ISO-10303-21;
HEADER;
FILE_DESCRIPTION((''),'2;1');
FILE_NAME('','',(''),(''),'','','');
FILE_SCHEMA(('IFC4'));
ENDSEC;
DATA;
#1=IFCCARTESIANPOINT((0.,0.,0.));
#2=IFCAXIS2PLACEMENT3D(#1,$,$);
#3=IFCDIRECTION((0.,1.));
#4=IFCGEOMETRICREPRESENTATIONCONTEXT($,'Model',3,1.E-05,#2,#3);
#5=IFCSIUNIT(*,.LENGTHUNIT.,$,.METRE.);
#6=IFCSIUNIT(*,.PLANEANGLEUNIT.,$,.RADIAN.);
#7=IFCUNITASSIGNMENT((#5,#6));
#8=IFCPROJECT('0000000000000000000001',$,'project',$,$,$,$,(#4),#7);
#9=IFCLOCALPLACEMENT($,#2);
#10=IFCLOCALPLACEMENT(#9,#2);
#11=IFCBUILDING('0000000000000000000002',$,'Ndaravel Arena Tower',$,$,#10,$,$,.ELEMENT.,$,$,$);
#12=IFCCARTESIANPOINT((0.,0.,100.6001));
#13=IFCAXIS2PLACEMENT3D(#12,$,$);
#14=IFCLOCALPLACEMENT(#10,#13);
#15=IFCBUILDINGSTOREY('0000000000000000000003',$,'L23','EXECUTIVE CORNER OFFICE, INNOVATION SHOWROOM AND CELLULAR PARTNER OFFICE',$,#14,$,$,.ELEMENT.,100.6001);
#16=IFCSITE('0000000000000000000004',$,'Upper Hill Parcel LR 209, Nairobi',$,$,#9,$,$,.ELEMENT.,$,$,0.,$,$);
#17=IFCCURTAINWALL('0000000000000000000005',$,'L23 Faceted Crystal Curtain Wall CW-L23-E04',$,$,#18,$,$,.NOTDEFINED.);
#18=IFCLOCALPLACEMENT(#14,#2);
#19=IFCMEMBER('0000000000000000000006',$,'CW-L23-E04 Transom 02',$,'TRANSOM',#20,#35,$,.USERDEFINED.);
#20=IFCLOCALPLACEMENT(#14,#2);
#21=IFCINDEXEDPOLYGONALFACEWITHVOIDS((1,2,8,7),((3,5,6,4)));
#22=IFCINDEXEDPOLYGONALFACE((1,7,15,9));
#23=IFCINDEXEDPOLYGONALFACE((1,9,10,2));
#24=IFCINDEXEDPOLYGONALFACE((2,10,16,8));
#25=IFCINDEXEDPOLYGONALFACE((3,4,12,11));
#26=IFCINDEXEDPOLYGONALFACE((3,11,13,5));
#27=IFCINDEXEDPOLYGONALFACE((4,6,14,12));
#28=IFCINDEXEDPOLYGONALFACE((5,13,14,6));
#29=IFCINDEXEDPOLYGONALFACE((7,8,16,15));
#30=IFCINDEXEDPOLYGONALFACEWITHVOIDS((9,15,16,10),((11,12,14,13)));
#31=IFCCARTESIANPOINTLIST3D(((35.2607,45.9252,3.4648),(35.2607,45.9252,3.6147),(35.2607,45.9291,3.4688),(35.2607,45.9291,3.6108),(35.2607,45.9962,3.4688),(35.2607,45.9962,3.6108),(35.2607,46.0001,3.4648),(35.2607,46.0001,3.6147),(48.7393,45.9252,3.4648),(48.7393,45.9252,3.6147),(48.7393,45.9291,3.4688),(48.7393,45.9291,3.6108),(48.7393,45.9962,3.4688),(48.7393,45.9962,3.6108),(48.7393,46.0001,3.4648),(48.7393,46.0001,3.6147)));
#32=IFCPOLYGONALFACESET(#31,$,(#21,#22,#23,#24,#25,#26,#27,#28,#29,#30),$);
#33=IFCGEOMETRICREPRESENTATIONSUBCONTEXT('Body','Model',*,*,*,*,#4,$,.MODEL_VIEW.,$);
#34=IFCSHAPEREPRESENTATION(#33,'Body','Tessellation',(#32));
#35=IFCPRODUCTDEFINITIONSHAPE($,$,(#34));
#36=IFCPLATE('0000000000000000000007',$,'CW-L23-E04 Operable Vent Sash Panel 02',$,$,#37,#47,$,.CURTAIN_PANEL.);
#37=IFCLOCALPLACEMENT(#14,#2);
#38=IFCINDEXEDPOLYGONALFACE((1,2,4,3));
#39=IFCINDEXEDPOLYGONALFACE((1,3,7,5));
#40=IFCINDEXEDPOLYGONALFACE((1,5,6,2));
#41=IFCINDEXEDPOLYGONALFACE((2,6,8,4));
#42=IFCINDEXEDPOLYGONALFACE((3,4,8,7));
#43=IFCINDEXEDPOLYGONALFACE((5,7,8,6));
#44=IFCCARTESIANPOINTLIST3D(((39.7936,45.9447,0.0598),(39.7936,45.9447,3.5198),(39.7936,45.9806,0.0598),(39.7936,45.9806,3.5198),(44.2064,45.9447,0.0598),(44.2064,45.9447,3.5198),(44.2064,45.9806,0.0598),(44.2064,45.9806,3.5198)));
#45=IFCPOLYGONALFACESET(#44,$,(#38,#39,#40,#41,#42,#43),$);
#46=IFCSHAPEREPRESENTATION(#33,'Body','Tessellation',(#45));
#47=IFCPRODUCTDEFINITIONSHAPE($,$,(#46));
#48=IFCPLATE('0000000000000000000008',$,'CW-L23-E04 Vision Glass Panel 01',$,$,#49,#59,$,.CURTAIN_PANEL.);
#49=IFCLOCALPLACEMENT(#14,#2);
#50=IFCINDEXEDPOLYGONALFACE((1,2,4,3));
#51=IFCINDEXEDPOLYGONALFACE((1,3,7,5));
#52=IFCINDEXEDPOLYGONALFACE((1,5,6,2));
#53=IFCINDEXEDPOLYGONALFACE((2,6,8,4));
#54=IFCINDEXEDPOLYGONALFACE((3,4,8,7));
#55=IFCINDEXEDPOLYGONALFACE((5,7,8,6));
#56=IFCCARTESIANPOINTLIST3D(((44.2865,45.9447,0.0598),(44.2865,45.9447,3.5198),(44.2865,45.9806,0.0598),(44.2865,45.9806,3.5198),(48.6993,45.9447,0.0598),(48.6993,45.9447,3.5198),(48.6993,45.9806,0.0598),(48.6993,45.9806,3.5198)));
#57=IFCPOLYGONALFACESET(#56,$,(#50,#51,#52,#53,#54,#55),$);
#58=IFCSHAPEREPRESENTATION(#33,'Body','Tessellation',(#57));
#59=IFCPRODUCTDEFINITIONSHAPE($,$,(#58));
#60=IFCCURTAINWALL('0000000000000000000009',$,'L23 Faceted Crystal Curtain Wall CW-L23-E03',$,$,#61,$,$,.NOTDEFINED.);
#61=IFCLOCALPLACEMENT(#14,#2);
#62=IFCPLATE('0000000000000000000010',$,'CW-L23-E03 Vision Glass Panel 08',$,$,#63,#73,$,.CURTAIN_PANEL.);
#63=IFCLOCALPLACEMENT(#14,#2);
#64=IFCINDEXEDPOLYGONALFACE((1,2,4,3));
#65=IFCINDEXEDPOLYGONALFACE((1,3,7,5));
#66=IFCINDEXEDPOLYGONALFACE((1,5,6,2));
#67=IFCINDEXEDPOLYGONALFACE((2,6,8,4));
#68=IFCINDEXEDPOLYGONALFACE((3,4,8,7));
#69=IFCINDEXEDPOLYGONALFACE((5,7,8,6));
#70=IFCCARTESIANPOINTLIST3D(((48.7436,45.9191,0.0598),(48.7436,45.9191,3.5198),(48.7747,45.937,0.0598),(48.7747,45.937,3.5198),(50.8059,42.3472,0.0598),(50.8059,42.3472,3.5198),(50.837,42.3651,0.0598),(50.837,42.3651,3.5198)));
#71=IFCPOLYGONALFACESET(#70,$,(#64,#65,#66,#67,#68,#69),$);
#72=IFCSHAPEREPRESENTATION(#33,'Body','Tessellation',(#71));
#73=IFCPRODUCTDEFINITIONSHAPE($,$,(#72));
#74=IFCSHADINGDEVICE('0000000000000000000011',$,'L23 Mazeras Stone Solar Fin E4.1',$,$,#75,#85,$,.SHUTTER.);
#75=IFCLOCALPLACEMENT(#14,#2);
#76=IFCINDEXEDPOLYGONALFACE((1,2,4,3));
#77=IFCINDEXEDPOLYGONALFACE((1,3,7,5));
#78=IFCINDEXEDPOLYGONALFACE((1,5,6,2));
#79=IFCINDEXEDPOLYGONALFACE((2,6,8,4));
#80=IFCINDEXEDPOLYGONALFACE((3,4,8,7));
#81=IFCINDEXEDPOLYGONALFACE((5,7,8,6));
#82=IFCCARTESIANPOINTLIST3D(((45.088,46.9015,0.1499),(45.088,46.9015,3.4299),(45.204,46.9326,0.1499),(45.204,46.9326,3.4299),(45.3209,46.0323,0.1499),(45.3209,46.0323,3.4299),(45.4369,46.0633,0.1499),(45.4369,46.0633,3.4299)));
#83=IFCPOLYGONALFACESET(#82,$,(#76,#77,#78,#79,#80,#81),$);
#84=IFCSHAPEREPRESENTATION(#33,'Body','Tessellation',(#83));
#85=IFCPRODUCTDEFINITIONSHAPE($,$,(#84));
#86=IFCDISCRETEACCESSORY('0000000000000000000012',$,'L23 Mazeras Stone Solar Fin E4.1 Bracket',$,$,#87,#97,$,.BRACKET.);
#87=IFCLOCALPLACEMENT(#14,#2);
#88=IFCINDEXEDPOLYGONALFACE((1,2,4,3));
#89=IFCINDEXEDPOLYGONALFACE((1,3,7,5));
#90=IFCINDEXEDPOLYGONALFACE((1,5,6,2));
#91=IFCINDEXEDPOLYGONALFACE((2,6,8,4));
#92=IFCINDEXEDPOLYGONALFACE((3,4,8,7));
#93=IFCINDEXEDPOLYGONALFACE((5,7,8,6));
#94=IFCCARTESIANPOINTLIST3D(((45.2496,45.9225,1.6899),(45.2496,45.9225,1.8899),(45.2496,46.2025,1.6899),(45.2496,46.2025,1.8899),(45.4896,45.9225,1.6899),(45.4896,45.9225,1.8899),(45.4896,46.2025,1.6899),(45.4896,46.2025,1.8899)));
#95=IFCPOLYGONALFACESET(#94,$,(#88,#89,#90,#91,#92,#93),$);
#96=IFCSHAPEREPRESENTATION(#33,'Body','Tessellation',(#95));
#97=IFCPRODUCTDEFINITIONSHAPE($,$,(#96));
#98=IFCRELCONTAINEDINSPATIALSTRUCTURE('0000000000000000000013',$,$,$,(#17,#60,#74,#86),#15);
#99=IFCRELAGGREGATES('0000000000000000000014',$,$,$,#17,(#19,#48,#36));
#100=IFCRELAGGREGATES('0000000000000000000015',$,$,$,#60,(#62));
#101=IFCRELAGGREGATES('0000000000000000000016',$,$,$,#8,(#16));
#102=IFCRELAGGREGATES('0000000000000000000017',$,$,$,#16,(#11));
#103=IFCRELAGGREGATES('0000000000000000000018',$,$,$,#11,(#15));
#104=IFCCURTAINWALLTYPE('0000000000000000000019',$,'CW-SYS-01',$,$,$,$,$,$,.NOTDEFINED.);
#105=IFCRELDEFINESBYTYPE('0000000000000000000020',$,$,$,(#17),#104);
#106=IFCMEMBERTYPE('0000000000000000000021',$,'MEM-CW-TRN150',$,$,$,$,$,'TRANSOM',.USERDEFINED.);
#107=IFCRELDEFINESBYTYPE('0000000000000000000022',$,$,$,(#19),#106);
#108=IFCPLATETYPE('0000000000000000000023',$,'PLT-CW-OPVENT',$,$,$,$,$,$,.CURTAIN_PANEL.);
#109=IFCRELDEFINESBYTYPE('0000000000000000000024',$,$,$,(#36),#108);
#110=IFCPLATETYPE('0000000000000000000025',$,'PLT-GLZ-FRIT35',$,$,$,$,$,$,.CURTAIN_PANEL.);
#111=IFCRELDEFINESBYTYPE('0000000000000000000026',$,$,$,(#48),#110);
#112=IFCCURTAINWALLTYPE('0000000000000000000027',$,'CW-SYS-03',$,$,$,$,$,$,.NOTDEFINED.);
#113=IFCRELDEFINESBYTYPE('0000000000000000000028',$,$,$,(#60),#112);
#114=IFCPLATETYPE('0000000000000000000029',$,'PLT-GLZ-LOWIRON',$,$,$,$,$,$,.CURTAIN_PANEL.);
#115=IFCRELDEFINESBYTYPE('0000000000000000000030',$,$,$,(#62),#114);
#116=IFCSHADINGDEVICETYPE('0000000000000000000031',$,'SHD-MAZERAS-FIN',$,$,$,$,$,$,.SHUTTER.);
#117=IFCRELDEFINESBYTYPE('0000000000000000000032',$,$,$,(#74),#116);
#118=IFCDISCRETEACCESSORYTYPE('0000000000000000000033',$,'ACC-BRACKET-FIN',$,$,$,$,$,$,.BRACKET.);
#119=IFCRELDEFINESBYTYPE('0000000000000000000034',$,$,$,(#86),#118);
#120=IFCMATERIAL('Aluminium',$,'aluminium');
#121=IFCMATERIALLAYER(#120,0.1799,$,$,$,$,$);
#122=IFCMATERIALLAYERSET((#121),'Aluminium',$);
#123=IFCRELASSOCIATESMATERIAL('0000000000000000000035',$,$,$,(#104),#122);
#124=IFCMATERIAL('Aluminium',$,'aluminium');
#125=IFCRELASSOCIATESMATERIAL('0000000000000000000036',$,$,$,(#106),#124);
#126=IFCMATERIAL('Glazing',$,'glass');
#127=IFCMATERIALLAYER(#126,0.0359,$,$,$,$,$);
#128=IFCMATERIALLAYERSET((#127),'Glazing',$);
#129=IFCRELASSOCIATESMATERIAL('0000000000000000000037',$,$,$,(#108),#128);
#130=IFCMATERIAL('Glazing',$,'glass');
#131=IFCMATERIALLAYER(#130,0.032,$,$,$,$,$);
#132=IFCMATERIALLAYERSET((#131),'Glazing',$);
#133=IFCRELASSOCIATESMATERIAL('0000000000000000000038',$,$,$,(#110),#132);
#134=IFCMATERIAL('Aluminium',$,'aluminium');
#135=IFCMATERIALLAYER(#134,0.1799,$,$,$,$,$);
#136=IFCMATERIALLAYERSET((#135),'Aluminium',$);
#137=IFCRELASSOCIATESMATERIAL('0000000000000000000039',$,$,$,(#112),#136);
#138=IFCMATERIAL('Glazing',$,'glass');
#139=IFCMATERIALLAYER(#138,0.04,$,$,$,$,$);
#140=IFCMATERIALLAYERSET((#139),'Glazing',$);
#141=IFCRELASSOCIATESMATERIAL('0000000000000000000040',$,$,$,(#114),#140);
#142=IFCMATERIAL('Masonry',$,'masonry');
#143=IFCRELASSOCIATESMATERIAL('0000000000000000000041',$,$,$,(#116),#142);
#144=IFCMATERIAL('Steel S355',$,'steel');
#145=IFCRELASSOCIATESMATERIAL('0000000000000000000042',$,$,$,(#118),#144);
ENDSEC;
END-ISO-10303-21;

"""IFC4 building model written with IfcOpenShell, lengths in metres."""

from ifc_helpers import new_model, si_unit, direction, frame, origin, origin_2d, place, context, subcontext, project, spatial, rectangle, hollow_rectangle, extrude, material, layer, layer_set, material_profile, profile_set, type_object, element, aggregate, save


model = new_model("IFC4")

# Units and contexts
model_context = context("Model", 3, precision=1e-05, world=origin(), true_north=direction((0.0, 1.0)))
body_context = subcontext(model_context, "Body", "Model", "MODEL_VIEW")
ifc_project = project(units=[si_unit("LENGTHUNIT", "METRE"), si_unit("PLANEANGLEUNIT", "RADIAN")], contexts=[model_context])

# Site, building, storey
site_placement = place(None, origin())
site = spatial("IfcSite", under=ifc_project, at=site_placement, Name="Upper Hill Parcel LR 209, Nairobi", CompositionType="ELEMENT", RefElevation=0.0)
building_placement = place(site_placement, origin())
building = spatial("IfcBuilding", under=site, at=building_placement, Name="Ndaravel Arena Tower", CompositionType="ELEMENT")
storey_placement = place(building_placement, frame((0.0, 0.0, 100.6001)))
storey = spatial("IfcBuildingStorey", under=building, at=storey_placement, Name="L23", Description="EXECUTIVE CORNER OFFICE, INNOVATION SHOWROOM AND CELLULAR PARTNER OFFICE", CompositionType="ELEMENT", Elevation=100.6001)

# Curtain wall, member, plates
ifc_material_1 = material(Name="Aluminium", Category="aluminium")
ifc_layer_1 = layer(ifc_material_1, 0.1799)
ifc_layer_set_1 = layer_set([ifc_layer_1], Name="Aluminium")
curtain_wall_type_1 = type_object("IfcCurtainWallType", Name="CW-SYS-01", PredefinedType="NOTDEFINED", material=ifc_layer_set_1)
curtain_wall_1_placement = place(storey_placement, origin())
curtain_wall_1 = element("IfcCurtainWall", 1, at=curtain_wall_1_placement, inside=storey, type_object=curtain_wall_type_1, Name="L23 Faceted Crystal Curtain Wall CW-L23-E04", PredefinedType="NOTDEFINED")
ifc_material_2 = material(Name="Aluminium", Category="aluminium")
ifc_material_profile_1 = material_profile(ifc_material_2, hollow_rectangle(XDim=0.075, YDim=0.1499, WallThickness=0.0039, at=origin_2d()), Name="CW TRANSOM 75x150x4")
ifc_profile_set_1 = profile_set([ifc_material_profile_1], Name="Aluminium")
member_type_1 = type_object("IfcMemberType", Name="MEM-CW-TRN150", ElementType="TRANSOM", PredefinedType="USERDEFINED", material=ifc_profile_set_1)
member_1_placement = place(storey_placement, frame((48.7393, 45.9626, 3.5398), z_axis=(-1.0, 0.0, 0.0), x_axis=(0.0, -1.0, 0.0)))
member_1 = element("IfcMember", 2, at=member_1_placement, type_object=member_type_1, Name="CW-L23-E04 Transom 02", ObjectType="TRANSOM", PredefinedType="USERDEFINED", context=body_context, shape_type="SweptSolid", body=[
    extrude(hollow_rectangle(XDim=0.075, YDim=0.1499, WallThickness=0.0039, at=origin_2d()), origin(), (0.0, 0.0, 1.0), 13.4785),
])
ifc_material_3 = material(Name="Glazing", Category="glass")
ifc_layer_2 = layer(ifc_material_3, 0.0359)
ifc_layer_set_2 = layer_set([ifc_layer_2], Name="Glazing")
plate_type_1 = type_object("IfcPlateType", Name="PLT-CW-OPVENT", PredefinedType="CURTAIN_PANEL", material=ifc_layer_set_2)
plate_1_placement = place(storey_placement, frame((42.0, 45.9626, 0.0598), z_axis=(0.0, 0.0, 1.0), x_axis=(-1.0, 0.0, 0.0)))
plate_1 = element("IfcPlate", 3, at=plate_1_placement, type_object=plate_type_1, Name="CW-L23-E04 Operable Vent Sash Panel 02", PredefinedType="CURTAIN_PANEL", context=body_context, shape_type="SweptSolid", body=[
    extrude(rectangle(XDim=4.4128, YDim=0.0359, at=origin_2d()), origin(), (0.0, 0.0, 1.0), 3.46),
])
ifc_material_4 = material(Name="Glazing", Category="glass")
ifc_layer_3 = layer(ifc_material_4, 0.032)
ifc_layer_set_3 = layer_set([ifc_layer_3], Name="Glazing")
plate_type_2 = type_object("IfcPlateType", Name="PLT-GLZ-FRIT35", PredefinedType="CURTAIN_PANEL", material=ifc_layer_set_3)
plate_2_placement = place(storey_placement, frame((46.4929, 45.9626, 0.0598), z_axis=(0.0, 0.0, 1.0), x_axis=(-1.0, 0.0, 0.0)))
plate_2 = element("IfcPlate", 4, at=plate_2_placement, type_object=plate_type_2, Name="CW-L23-E04 Vision Glass Panel 01", PredefinedType="CURTAIN_PANEL", context=body_context, shape_type="SweptSolid", body=[
    extrude(rectangle(XDim=4.4128, YDim=0.0359, at=origin_2d()), origin(), (0.0, 0.0, 1.0), 3.46),
])
aggregate(curtain_wall_1, [member_1, plate_2, plate_1])

# Curtain wall, plate
ifc_material_5 = material(Name="Aluminium", Category="aluminium")
ifc_layer_4 = layer(ifc_material_5, 0.1799)
ifc_layer_set_4 = layer_set([ifc_layer_4], Name="Aluminium")
curtain_wall_type_2 = type_object("IfcCurtainWallType", Name="CW-SYS-03", PredefinedType="NOTDEFINED", material=ifc_layer_set_4)
curtain_wall_2_placement = place(storey_placement, origin())
curtain_wall_2 = element("IfcCurtainWall", 5, at=curtain_wall_2_placement, inside=storey, type_object=curtain_wall_type_2, Name="L23 Faceted Crystal Curtain Wall CW-L23-E03", PredefinedType="NOTDEFINED")
ifc_material_6 = material(Name="Glazing", Category="glass")
ifc_layer_5 = layer(ifc_material_6, 0.04)
ifc_layer_set_5 = layer_set([ifc_layer_5], Name="Glazing")
plate_type_3 = type_object("IfcPlateType", Name="PLT-GLZ-LOWIRON", PredefinedType="CURTAIN_PANEL", material=ifc_layer_set_5)
plate_3_placement = place(storey_placement, frame((49.7903, 44.1421, 0.0598), z_axis=(0.0, 0.0, 1.0), x_axis=(-0.5, 0.866025, 0.0)))
plate_3 = element("IfcPlate", 6, at=plate_3_placement, type_object=plate_type_3, Name="CW-L23-E03 Vision Glass Panel 08", PredefinedType="CURTAIN_PANEL", context=body_context, shape_type="SweptSolid", body=[
    extrude(rectangle(XDim=4.1245, YDim=0.0359, at=origin_2d()), origin(), (0.0, 0.0, 1.0), 3.46),
])
aggregate(curtain_wall_2, [plate_3])

# Shading device
ifc_material_7 = material(Name="Masonry", Category="masonry")
shading_device_type = type_object("IfcShadingDeviceType", Name="SHD-MAZERAS-FIN", PredefinedType="SHUTTER", material=ifc_material_7)
shading_device_placement = place(storey_placement, frame((45.2625, 46.4824, 0.1499), z_axis=(0.0, 0.0, 1.0), x_axis=(-0.258819, 0.965926, 0.0)))
element("IfcShadingDevice", 7, at=shading_device_placement, inside=storey, type_object=shading_device_type, Name="L23 Mazeras Stone Solar Fin E4.1", PredefinedType="SHUTTER", context=body_context, shape_type="SweptSolid", body=[
    extrude(rectangle(XDim=0.8999, YDim=0.1201, at=origin_2d()), origin(), (0.0, 0.0, 1.0), 3.28),
])

# Discrete accessory
ifc_material_8 = material(Name="Steel S355", Category="steel")
discrete_accessory_type = type_object("IfcDiscreteAccessoryType", Name="ACC-BRACKET-FIN", PredefinedType="BRACKET", material=ifc_material_8)
discrete_accessory_placement = place(storey_placement, frame((45.3696, 46.0625, 1.6899), z_axis=(0.0, 0.0, 1.0), x_axis=(0.0, 1.0, 0.0)))
element("IfcDiscreteAccessory", 8, at=discrete_accessory_placement, inside=storey, type_object=discrete_accessory_type, Name="L23 Mazeras Stone Solar Fin E4.1 Bracket", PredefinedType="BRACKET", context=body_context, shape_type="SweptSolid", body=[
    extrude(rectangle(XDim=0.28, YDim=0.24, at=origin_2d()), origin(), (0.0, 0.0, 1.0), 0.2),
])

save(model, "model.ifc")
